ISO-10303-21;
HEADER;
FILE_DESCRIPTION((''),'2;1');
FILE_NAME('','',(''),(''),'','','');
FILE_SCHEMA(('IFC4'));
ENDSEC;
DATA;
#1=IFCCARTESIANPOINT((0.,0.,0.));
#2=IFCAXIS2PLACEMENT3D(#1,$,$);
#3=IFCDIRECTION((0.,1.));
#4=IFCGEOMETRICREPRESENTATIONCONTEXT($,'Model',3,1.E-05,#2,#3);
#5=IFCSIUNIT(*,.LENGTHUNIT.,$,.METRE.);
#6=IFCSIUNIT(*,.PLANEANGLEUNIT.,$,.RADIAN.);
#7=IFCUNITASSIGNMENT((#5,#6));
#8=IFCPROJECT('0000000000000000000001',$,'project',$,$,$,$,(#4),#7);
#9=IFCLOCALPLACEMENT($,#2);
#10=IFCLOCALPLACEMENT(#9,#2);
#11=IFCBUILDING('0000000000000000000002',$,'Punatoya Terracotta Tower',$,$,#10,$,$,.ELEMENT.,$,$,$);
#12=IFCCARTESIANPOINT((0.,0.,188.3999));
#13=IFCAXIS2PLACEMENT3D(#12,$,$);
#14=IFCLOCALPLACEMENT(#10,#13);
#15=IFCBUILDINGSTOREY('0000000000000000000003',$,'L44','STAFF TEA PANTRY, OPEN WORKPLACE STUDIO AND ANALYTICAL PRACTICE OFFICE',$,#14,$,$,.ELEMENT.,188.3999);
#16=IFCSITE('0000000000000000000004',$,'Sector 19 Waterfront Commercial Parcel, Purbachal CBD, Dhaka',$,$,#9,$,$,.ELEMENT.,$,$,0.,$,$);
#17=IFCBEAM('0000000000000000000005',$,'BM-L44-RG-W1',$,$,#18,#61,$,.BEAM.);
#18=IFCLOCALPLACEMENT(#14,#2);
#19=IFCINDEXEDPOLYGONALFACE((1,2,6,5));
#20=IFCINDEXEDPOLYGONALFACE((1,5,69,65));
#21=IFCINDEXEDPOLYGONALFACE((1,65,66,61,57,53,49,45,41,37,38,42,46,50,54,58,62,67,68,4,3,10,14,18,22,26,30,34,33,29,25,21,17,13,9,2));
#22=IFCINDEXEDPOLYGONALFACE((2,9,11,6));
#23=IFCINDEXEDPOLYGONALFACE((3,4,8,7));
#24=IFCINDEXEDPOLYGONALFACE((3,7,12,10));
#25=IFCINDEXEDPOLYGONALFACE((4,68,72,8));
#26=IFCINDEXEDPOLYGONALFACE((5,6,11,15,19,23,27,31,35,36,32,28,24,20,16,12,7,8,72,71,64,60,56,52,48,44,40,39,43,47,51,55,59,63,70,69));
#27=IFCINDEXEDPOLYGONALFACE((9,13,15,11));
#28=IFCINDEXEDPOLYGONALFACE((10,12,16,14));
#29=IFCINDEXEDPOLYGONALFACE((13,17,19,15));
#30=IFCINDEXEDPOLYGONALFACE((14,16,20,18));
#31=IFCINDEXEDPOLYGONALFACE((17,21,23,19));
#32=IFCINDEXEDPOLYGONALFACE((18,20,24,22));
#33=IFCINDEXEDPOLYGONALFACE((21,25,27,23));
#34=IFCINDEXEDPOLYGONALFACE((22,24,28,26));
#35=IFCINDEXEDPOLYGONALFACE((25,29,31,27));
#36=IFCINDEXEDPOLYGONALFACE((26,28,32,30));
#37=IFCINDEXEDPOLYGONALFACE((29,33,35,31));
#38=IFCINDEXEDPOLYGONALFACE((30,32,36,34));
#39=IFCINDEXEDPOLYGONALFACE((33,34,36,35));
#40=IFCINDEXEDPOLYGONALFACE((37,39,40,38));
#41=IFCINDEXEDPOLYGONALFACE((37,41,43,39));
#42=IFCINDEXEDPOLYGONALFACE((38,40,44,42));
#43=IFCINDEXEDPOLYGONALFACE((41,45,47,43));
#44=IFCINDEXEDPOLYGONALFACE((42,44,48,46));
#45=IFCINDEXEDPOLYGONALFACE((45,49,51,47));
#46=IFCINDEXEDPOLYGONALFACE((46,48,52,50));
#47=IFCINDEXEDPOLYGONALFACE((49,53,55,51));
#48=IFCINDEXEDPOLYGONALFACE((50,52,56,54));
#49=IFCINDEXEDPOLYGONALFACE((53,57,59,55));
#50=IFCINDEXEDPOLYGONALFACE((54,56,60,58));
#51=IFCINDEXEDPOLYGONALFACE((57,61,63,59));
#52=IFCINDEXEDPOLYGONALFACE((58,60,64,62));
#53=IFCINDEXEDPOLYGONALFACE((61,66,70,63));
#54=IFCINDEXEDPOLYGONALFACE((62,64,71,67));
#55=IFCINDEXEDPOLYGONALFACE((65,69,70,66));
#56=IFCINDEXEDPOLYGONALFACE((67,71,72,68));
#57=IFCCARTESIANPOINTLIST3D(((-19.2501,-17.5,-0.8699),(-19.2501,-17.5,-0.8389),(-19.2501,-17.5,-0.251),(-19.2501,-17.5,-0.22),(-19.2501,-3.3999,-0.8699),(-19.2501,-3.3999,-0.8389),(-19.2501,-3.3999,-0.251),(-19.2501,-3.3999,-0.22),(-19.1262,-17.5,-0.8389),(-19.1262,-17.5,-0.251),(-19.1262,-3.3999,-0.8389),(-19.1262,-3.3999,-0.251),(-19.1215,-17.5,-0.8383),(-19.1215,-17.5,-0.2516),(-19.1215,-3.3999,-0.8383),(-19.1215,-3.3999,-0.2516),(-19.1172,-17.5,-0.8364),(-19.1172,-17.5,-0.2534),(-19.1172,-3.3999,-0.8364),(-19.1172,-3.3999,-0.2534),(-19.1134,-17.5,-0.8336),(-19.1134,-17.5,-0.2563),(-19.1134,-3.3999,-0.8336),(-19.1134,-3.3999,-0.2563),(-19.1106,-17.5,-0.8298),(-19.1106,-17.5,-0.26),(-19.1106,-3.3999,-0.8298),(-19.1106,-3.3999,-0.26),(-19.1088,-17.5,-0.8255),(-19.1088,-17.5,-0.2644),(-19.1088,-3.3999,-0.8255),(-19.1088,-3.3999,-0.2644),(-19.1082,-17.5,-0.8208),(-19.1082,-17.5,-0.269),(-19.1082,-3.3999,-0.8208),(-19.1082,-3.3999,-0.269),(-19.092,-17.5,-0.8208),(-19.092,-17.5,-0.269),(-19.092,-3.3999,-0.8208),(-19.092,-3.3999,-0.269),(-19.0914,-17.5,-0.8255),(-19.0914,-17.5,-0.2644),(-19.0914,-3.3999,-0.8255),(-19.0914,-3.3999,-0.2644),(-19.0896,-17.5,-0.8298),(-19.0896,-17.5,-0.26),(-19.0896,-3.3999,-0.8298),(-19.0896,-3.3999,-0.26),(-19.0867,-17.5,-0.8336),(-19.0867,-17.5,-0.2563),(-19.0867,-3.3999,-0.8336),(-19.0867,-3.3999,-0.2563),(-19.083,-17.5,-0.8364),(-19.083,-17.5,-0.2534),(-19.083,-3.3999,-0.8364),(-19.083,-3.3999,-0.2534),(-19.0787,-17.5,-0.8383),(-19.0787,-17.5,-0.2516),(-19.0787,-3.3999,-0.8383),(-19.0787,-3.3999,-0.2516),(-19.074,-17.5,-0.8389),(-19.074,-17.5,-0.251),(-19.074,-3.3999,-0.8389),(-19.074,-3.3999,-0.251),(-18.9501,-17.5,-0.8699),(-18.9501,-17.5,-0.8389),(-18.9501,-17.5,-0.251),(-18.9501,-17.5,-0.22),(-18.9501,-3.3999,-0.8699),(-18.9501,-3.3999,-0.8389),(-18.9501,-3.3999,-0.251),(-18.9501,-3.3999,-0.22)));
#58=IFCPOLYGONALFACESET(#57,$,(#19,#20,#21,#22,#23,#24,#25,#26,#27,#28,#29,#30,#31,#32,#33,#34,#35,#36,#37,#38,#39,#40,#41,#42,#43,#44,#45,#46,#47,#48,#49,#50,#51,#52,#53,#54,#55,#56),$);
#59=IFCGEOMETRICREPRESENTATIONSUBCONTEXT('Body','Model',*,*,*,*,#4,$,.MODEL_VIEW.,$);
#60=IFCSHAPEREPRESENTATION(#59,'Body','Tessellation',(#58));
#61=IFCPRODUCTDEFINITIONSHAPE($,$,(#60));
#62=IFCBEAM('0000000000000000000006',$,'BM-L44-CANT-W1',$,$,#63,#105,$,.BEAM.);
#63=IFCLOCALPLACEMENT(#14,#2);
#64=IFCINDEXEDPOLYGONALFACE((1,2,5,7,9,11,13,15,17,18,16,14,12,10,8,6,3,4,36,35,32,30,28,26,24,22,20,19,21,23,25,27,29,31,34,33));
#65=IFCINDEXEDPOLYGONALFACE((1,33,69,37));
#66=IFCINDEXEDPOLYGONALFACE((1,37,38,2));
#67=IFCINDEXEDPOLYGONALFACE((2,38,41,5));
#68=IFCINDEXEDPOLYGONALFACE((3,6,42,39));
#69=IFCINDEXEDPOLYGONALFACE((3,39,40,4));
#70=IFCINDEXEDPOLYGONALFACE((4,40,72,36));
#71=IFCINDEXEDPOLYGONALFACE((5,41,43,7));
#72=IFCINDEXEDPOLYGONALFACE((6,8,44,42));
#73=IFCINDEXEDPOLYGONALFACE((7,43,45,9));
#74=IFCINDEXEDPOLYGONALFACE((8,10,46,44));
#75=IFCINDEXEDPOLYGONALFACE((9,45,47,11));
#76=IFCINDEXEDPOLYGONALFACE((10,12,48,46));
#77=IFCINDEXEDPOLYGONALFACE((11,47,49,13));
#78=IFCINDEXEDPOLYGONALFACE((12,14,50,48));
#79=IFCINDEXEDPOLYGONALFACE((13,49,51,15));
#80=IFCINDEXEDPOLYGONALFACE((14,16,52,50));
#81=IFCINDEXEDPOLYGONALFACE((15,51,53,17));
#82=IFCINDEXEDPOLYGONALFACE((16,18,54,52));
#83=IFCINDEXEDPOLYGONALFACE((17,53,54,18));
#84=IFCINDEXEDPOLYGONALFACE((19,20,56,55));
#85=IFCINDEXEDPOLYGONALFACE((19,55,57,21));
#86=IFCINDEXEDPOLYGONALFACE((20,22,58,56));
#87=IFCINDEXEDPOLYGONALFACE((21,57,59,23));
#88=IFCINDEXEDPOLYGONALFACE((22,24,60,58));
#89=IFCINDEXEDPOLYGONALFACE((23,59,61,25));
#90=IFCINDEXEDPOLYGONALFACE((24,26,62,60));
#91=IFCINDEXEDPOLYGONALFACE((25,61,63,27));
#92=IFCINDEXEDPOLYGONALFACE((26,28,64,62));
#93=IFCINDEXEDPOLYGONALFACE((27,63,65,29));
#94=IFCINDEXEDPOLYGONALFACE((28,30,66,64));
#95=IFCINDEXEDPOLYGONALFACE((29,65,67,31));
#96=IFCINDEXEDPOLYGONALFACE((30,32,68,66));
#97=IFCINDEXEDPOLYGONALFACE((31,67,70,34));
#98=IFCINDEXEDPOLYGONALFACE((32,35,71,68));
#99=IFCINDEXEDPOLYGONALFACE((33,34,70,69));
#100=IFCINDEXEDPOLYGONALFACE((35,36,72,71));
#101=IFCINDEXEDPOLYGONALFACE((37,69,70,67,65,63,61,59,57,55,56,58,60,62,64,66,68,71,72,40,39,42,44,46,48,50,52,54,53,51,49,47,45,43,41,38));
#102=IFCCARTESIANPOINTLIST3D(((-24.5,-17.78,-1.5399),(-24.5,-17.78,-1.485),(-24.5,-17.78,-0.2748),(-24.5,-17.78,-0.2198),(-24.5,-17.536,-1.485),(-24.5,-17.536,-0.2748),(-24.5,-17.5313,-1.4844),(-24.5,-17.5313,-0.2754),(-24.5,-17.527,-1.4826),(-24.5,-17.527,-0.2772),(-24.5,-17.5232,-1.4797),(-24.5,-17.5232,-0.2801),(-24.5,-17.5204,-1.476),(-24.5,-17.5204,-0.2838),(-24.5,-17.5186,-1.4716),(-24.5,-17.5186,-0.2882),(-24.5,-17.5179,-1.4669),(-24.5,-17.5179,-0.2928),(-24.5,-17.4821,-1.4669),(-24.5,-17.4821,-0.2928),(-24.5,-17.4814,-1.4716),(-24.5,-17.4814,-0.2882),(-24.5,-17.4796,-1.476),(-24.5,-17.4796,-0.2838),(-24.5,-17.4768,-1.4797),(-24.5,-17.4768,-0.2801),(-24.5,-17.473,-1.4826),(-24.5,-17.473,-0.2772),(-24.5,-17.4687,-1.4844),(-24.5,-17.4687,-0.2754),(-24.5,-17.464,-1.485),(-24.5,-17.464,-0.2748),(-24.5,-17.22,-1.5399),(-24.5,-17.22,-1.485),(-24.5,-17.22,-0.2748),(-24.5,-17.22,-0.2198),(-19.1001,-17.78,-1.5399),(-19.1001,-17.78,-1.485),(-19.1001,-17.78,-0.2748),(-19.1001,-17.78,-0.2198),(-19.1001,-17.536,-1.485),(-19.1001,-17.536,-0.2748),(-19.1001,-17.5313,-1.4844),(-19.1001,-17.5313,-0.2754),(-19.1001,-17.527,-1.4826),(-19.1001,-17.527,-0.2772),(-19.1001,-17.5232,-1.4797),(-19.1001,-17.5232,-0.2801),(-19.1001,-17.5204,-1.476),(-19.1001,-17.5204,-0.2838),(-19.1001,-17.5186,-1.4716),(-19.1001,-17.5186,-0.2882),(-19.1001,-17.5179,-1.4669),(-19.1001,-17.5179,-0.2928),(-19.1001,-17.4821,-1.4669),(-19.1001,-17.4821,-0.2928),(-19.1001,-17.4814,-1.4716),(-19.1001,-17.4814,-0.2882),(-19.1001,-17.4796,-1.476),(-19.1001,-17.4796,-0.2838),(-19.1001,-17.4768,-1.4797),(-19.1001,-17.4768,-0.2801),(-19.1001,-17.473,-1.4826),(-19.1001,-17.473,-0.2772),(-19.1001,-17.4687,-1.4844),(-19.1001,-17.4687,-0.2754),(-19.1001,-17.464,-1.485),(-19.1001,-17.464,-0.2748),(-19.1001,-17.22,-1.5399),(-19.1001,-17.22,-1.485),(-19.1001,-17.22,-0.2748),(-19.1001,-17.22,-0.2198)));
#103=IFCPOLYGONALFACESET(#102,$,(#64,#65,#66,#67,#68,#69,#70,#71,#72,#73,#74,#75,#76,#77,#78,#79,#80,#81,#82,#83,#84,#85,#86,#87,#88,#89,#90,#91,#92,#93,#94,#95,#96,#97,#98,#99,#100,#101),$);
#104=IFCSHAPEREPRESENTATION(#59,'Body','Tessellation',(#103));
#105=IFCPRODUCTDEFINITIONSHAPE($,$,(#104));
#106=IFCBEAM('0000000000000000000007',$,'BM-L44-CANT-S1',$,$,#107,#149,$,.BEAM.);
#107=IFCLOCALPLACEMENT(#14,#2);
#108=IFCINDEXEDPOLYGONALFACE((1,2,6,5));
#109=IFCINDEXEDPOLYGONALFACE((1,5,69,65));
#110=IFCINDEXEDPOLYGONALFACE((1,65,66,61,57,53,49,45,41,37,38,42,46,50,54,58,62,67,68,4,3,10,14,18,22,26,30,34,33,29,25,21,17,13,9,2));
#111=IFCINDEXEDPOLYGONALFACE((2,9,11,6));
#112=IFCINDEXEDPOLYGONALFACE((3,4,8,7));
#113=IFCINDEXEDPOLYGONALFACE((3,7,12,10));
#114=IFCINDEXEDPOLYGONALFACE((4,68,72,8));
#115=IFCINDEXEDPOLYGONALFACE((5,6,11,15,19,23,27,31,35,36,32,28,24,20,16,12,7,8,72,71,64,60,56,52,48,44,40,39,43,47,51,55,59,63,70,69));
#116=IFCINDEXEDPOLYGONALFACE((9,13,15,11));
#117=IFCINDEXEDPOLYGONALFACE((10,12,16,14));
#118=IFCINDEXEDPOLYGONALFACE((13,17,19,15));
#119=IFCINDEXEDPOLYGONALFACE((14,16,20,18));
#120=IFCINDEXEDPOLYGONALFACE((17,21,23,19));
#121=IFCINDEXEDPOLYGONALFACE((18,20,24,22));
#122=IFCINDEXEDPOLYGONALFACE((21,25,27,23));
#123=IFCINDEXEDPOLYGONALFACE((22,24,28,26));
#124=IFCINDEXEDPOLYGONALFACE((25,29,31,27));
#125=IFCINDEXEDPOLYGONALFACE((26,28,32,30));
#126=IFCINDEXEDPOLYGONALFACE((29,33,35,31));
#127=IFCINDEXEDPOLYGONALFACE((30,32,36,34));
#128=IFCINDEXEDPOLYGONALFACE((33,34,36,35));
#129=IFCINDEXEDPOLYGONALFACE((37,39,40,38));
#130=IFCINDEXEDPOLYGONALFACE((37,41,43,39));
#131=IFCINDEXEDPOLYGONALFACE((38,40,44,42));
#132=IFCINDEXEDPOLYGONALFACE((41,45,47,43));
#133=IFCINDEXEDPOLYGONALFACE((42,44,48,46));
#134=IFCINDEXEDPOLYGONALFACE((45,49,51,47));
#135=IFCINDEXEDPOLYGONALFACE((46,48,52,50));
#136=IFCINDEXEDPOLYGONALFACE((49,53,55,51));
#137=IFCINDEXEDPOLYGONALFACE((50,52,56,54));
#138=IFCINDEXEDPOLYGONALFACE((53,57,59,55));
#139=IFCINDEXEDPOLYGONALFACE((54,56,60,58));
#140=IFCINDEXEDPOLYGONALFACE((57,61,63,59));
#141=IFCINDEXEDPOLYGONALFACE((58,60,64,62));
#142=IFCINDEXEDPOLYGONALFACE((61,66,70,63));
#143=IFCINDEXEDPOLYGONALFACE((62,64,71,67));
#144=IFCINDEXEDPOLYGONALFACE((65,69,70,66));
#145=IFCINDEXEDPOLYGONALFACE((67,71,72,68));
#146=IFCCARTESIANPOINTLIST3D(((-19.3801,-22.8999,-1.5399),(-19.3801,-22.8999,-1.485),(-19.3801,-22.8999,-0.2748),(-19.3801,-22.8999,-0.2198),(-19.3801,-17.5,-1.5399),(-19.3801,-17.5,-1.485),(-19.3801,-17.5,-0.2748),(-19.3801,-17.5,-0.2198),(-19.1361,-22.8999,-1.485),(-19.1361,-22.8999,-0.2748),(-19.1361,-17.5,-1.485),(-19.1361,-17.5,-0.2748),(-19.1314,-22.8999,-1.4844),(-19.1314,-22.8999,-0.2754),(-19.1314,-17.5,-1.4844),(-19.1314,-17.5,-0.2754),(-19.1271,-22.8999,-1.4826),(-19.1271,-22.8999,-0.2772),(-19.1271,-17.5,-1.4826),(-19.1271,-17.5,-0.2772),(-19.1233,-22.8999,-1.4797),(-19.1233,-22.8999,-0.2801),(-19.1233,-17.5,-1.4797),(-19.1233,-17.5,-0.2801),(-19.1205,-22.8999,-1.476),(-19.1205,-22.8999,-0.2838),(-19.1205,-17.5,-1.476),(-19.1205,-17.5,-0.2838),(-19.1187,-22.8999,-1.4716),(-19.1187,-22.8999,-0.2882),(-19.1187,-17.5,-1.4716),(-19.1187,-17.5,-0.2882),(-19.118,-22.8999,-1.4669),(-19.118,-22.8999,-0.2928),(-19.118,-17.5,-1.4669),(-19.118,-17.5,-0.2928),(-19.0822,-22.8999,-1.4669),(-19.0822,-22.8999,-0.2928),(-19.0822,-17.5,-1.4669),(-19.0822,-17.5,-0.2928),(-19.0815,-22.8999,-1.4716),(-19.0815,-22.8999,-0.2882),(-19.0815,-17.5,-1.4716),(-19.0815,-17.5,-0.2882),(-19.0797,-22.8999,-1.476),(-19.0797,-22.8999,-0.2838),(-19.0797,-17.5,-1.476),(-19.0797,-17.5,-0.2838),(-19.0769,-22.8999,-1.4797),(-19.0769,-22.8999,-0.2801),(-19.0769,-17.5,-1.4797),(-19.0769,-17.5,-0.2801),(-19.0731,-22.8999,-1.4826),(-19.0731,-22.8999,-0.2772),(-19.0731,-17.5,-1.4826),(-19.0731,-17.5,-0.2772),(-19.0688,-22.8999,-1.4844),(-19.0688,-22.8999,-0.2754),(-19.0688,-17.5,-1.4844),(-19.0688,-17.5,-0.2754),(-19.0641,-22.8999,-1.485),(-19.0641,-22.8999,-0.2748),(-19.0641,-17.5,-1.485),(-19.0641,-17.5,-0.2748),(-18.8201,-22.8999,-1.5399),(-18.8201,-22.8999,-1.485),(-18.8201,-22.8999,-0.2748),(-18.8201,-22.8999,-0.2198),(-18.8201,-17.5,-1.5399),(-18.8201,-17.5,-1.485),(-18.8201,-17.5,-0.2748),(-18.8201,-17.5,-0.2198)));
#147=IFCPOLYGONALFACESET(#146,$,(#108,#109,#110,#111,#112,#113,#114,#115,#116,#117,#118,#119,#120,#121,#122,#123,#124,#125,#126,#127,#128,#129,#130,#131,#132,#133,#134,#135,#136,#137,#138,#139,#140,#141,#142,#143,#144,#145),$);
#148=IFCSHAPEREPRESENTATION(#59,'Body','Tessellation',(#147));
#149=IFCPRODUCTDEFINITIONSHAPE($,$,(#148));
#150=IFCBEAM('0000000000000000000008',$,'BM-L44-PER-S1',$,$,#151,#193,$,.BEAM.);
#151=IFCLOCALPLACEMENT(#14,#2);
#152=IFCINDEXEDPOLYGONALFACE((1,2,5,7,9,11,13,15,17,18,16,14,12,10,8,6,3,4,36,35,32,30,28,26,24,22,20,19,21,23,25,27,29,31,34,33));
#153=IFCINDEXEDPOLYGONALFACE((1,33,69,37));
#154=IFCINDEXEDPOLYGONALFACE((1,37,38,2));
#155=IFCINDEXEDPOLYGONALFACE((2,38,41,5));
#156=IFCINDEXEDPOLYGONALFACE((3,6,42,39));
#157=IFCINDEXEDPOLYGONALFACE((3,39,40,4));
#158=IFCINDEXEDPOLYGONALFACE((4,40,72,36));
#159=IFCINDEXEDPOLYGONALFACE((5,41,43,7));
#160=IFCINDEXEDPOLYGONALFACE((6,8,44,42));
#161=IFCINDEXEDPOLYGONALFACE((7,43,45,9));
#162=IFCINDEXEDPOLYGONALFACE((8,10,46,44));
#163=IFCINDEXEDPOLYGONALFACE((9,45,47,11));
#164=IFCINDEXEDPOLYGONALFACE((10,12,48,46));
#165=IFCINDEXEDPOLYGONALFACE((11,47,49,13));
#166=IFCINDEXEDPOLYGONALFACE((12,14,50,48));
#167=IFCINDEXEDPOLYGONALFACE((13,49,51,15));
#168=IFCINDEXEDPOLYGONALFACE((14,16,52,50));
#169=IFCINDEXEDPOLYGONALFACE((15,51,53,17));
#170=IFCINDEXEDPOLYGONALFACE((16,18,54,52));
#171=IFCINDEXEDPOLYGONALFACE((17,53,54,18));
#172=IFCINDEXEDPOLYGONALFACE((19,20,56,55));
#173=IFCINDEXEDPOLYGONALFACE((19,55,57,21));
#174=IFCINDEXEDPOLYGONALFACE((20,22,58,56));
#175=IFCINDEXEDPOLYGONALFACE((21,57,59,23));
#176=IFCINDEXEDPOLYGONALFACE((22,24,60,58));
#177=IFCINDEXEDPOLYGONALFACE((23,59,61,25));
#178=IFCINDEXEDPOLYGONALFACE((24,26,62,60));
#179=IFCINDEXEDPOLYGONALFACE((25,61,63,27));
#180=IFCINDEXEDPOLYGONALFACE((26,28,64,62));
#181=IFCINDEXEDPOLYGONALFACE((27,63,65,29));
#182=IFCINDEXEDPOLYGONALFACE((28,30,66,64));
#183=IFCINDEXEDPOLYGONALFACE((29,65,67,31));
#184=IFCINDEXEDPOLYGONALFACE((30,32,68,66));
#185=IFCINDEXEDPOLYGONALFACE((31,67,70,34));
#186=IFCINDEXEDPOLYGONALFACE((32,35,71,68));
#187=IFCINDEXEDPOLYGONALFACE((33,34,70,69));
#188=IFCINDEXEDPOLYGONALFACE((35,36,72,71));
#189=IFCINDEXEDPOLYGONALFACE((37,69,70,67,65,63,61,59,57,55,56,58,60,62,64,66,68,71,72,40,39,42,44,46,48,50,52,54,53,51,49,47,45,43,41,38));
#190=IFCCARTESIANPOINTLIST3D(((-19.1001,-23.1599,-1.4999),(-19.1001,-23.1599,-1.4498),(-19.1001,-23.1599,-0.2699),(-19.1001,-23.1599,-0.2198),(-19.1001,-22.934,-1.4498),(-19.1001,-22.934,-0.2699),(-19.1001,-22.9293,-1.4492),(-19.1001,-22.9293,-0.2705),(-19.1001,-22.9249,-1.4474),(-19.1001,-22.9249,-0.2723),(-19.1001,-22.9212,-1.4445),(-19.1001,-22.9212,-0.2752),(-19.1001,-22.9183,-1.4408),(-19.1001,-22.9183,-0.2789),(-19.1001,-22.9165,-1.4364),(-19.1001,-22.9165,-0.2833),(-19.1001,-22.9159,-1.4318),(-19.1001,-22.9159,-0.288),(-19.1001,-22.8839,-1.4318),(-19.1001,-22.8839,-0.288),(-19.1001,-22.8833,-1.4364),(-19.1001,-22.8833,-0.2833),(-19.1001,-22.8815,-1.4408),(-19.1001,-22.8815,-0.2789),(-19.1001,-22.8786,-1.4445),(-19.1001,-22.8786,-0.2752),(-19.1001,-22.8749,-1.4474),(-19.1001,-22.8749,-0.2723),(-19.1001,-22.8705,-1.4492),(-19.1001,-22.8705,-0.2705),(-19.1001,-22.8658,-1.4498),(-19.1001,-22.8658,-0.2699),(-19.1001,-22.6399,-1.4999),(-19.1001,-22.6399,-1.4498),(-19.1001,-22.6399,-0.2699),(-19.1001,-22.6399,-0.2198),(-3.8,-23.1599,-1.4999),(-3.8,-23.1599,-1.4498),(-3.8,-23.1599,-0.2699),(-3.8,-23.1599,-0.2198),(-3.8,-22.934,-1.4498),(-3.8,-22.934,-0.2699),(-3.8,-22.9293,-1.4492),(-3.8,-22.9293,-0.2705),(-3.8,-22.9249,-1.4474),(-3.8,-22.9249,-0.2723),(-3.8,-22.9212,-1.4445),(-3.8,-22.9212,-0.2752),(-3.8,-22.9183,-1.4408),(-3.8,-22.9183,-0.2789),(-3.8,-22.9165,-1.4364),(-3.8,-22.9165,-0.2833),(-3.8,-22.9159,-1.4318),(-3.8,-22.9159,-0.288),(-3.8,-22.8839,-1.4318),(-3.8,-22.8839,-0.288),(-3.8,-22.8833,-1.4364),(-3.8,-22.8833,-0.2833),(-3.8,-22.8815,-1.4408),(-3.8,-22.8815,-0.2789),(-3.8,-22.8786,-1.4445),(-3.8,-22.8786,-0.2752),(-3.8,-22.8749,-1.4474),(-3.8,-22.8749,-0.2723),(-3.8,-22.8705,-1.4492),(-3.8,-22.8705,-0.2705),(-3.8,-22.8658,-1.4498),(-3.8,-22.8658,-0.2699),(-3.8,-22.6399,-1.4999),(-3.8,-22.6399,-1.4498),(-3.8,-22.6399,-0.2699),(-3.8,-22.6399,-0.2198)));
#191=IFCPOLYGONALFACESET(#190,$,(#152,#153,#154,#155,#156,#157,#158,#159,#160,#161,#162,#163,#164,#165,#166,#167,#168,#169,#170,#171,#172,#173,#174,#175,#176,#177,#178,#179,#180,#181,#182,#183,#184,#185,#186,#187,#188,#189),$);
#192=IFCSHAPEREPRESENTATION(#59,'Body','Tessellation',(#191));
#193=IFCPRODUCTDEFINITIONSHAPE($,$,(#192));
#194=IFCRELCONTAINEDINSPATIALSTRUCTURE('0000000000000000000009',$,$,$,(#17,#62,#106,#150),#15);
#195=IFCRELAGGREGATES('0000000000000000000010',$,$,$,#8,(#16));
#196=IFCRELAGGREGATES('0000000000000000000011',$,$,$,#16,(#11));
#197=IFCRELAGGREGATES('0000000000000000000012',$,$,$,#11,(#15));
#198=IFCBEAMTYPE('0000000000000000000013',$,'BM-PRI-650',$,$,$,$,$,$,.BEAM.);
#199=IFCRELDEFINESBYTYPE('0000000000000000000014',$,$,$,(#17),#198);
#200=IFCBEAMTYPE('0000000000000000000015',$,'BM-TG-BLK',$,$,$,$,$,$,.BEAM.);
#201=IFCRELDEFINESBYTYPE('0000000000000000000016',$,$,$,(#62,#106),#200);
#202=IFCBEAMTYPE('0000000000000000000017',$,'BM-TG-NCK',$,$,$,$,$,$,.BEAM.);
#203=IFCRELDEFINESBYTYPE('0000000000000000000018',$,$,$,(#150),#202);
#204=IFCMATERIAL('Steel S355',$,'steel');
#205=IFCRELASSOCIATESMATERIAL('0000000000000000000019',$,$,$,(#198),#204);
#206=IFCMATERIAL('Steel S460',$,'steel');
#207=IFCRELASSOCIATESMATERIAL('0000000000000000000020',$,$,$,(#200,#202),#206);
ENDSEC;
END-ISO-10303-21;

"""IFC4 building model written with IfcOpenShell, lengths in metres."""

from ifc_helpers import new_model, si_unit, direction, frame, origin, origin_2d, place, context, subcontext, project, spatial, i_section, extrude, material, material_profile, profile_set, type_object, element, save


model = new_model("IFC4")

# Units and contexts
model_context = context("Model", 3, precision=1e-05, world=origin(), true_north=direction((0.0, 1.0)))
body_context = subcontext(model_context, "Body", "Model", "MODEL_VIEW")
ifc_project = project(units=[si_unit("LENGTHUNIT", "METRE"), si_unit("PLANEANGLEUNIT", "RADIAN")], contexts=[model_context])

# Site, building, storey
site_placement = place(None, origin())
site = spatial("IfcSite", under=ifc_project, at=site_placement, Name="Sector 19 Waterfront Commercial Parcel, Purbachal CBD, Dhaka", CompositionType="ELEMENT", RefElevation=0.0)
building_placement = place(site_placement, origin())
building = spatial("IfcBuilding", under=site, at=building_placement, Name="Punatoya Terracotta Tower", CompositionType="ELEMENT")
storey_placement = place(building_placement, frame((0.0, 0.0, 188.3999)))
storey = spatial("IfcBuildingStorey", under=building, at=storey_placement, Name="L44", Description="STAFF TEA PANTRY, OPEN WORKPLACE STUDIO AND ANALYTICAL PRACTICE OFFICE", CompositionType="ELEMENT", Elevation=188.3999)

# Shared definitions
ifc_material_1 = material(Name="Steel S460", Category="steel")

# Beams
ifc_material_2 = material(Name="Steel S355", Category="steel")
ifc_material_profile_1 = material_profile(ifc_material_2, i_section(OverallWidth=0.3, OverallDepth=0.6499, WebThickness=0.0161, FlangeThickness=0.031, FilletRadius=0.0181, at=origin_2d()))
ifc_profile_set_1 = profile_set([ifc_material_profile_1], Name="Steel S355")
beam_type_1 = type_object("IfcBeamType", Name="BM-PRI-650", PredefinedType="BEAM", material=ifc_profile_set_1)
beam_1_placement = place(storey_placement, frame((-19.1001, -17.5, -0.5449), z_axis=(0.0, 1.0, 0.0), x_axis=(-1.0, 0.0, 0.0)))
element("IfcBeam", 1, at=beam_1_placement, inside=storey, type_object=beam_type_1, Name="BM-L44-RG-W1", PredefinedType="BEAM", context=body_context, shape_type="SweptSolid", body=[
    extrude(i_section(OverallWidth=0.3, OverallDepth=0.6499, WebThickness=0.0161, FlangeThickness=0.031, FilletRadius=0.0181, at=origin_2d()), origin(), (0.0, 0.0, 1.0), 14.1001),
])
ifc_material_profile_2 = material_profile(ifc_material_1, i_section(OverallWidth=0.5601, OverallDepth=1.3201, WebThickness=0.0359, FlangeThickness=0.0549, FilletRadius=0.0181, at=origin_2d()))
ifc_profile_set_2 = profile_set([ifc_material_profile_2], Name="Steel S460")
beam_type_2 = type_object("IfcBeamType", Name="BM-TG-BLK", PredefinedType="BEAM", material=ifc_profile_set_2)
for number, where, z_axis, x_axis, name in (
    (2, (-24.5, -17.5, -0.8799), (1.0, 0.0, 0.0), (0.0, 1.0, 0.0), "BM-L44-CANT-W1"),
    (3, (-19.1001, -22.8999, -0.8799), (0.0, 1.0, 0.0), (-1.0, 0.0, 0.0), "BM-L44-CANT-S1"),
):
    element("IfcBeam", number, at=place(storey_placement, frame(where, z_axis=z_axis, x_axis=x_axis)), inside=storey, type_object=beam_type_2, Name=name, PredefinedType="BEAM", context=body_context, shape_type="SweptSolid", body=[
        extrude(i_section(OverallWidth=0.5601, OverallDepth=1.3201, WebThickness=0.0359, FlangeThickness=0.0549, FilletRadius=0.0181, at=origin_2d()), origin(), (0.0, 0.0, 1.0), 5.3999),
    ])
ifc_material_profile_3 = material_profile(ifc_material_1, i_section(OverallWidth=0.52, OverallDepth=1.28, WebThickness=0.032, FlangeThickness=0.05, FilletRadius=0.0181, at=origin_2d()))
ifc_profile_set_3 = profile_set([ifc_material_profile_3], Name="Steel S460")
beam_type_3 = type_object("IfcBeamType", Name="BM-TG-NCK", PredefinedType="BEAM", material=ifc_profile_set_3)
beam_2_placement = place(storey_placement, frame((-19.1001, -22.8999, -0.8599), z_axis=(1.0, 0.0, 0.0), x_axis=(0.0, 1.0, 0.0)))
element("IfcBeam", 4, at=beam_2_placement, inside=storey, type_object=beam_type_3, Name="BM-L44-PER-S1", PredefinedType="BEAM", context=body_context, shape_type="SweptSolid", body=[
    extrude(i_section(OverallWidth=0.52, OverallDepth=1.28, WebThickness=0.032, FlangeThickness=0.05, FilletRadius=0.0181, at=origin_2d()), origin(), (0.0, 0.0, 1.0), 15.3),
])

save(model, "model.ifc")
